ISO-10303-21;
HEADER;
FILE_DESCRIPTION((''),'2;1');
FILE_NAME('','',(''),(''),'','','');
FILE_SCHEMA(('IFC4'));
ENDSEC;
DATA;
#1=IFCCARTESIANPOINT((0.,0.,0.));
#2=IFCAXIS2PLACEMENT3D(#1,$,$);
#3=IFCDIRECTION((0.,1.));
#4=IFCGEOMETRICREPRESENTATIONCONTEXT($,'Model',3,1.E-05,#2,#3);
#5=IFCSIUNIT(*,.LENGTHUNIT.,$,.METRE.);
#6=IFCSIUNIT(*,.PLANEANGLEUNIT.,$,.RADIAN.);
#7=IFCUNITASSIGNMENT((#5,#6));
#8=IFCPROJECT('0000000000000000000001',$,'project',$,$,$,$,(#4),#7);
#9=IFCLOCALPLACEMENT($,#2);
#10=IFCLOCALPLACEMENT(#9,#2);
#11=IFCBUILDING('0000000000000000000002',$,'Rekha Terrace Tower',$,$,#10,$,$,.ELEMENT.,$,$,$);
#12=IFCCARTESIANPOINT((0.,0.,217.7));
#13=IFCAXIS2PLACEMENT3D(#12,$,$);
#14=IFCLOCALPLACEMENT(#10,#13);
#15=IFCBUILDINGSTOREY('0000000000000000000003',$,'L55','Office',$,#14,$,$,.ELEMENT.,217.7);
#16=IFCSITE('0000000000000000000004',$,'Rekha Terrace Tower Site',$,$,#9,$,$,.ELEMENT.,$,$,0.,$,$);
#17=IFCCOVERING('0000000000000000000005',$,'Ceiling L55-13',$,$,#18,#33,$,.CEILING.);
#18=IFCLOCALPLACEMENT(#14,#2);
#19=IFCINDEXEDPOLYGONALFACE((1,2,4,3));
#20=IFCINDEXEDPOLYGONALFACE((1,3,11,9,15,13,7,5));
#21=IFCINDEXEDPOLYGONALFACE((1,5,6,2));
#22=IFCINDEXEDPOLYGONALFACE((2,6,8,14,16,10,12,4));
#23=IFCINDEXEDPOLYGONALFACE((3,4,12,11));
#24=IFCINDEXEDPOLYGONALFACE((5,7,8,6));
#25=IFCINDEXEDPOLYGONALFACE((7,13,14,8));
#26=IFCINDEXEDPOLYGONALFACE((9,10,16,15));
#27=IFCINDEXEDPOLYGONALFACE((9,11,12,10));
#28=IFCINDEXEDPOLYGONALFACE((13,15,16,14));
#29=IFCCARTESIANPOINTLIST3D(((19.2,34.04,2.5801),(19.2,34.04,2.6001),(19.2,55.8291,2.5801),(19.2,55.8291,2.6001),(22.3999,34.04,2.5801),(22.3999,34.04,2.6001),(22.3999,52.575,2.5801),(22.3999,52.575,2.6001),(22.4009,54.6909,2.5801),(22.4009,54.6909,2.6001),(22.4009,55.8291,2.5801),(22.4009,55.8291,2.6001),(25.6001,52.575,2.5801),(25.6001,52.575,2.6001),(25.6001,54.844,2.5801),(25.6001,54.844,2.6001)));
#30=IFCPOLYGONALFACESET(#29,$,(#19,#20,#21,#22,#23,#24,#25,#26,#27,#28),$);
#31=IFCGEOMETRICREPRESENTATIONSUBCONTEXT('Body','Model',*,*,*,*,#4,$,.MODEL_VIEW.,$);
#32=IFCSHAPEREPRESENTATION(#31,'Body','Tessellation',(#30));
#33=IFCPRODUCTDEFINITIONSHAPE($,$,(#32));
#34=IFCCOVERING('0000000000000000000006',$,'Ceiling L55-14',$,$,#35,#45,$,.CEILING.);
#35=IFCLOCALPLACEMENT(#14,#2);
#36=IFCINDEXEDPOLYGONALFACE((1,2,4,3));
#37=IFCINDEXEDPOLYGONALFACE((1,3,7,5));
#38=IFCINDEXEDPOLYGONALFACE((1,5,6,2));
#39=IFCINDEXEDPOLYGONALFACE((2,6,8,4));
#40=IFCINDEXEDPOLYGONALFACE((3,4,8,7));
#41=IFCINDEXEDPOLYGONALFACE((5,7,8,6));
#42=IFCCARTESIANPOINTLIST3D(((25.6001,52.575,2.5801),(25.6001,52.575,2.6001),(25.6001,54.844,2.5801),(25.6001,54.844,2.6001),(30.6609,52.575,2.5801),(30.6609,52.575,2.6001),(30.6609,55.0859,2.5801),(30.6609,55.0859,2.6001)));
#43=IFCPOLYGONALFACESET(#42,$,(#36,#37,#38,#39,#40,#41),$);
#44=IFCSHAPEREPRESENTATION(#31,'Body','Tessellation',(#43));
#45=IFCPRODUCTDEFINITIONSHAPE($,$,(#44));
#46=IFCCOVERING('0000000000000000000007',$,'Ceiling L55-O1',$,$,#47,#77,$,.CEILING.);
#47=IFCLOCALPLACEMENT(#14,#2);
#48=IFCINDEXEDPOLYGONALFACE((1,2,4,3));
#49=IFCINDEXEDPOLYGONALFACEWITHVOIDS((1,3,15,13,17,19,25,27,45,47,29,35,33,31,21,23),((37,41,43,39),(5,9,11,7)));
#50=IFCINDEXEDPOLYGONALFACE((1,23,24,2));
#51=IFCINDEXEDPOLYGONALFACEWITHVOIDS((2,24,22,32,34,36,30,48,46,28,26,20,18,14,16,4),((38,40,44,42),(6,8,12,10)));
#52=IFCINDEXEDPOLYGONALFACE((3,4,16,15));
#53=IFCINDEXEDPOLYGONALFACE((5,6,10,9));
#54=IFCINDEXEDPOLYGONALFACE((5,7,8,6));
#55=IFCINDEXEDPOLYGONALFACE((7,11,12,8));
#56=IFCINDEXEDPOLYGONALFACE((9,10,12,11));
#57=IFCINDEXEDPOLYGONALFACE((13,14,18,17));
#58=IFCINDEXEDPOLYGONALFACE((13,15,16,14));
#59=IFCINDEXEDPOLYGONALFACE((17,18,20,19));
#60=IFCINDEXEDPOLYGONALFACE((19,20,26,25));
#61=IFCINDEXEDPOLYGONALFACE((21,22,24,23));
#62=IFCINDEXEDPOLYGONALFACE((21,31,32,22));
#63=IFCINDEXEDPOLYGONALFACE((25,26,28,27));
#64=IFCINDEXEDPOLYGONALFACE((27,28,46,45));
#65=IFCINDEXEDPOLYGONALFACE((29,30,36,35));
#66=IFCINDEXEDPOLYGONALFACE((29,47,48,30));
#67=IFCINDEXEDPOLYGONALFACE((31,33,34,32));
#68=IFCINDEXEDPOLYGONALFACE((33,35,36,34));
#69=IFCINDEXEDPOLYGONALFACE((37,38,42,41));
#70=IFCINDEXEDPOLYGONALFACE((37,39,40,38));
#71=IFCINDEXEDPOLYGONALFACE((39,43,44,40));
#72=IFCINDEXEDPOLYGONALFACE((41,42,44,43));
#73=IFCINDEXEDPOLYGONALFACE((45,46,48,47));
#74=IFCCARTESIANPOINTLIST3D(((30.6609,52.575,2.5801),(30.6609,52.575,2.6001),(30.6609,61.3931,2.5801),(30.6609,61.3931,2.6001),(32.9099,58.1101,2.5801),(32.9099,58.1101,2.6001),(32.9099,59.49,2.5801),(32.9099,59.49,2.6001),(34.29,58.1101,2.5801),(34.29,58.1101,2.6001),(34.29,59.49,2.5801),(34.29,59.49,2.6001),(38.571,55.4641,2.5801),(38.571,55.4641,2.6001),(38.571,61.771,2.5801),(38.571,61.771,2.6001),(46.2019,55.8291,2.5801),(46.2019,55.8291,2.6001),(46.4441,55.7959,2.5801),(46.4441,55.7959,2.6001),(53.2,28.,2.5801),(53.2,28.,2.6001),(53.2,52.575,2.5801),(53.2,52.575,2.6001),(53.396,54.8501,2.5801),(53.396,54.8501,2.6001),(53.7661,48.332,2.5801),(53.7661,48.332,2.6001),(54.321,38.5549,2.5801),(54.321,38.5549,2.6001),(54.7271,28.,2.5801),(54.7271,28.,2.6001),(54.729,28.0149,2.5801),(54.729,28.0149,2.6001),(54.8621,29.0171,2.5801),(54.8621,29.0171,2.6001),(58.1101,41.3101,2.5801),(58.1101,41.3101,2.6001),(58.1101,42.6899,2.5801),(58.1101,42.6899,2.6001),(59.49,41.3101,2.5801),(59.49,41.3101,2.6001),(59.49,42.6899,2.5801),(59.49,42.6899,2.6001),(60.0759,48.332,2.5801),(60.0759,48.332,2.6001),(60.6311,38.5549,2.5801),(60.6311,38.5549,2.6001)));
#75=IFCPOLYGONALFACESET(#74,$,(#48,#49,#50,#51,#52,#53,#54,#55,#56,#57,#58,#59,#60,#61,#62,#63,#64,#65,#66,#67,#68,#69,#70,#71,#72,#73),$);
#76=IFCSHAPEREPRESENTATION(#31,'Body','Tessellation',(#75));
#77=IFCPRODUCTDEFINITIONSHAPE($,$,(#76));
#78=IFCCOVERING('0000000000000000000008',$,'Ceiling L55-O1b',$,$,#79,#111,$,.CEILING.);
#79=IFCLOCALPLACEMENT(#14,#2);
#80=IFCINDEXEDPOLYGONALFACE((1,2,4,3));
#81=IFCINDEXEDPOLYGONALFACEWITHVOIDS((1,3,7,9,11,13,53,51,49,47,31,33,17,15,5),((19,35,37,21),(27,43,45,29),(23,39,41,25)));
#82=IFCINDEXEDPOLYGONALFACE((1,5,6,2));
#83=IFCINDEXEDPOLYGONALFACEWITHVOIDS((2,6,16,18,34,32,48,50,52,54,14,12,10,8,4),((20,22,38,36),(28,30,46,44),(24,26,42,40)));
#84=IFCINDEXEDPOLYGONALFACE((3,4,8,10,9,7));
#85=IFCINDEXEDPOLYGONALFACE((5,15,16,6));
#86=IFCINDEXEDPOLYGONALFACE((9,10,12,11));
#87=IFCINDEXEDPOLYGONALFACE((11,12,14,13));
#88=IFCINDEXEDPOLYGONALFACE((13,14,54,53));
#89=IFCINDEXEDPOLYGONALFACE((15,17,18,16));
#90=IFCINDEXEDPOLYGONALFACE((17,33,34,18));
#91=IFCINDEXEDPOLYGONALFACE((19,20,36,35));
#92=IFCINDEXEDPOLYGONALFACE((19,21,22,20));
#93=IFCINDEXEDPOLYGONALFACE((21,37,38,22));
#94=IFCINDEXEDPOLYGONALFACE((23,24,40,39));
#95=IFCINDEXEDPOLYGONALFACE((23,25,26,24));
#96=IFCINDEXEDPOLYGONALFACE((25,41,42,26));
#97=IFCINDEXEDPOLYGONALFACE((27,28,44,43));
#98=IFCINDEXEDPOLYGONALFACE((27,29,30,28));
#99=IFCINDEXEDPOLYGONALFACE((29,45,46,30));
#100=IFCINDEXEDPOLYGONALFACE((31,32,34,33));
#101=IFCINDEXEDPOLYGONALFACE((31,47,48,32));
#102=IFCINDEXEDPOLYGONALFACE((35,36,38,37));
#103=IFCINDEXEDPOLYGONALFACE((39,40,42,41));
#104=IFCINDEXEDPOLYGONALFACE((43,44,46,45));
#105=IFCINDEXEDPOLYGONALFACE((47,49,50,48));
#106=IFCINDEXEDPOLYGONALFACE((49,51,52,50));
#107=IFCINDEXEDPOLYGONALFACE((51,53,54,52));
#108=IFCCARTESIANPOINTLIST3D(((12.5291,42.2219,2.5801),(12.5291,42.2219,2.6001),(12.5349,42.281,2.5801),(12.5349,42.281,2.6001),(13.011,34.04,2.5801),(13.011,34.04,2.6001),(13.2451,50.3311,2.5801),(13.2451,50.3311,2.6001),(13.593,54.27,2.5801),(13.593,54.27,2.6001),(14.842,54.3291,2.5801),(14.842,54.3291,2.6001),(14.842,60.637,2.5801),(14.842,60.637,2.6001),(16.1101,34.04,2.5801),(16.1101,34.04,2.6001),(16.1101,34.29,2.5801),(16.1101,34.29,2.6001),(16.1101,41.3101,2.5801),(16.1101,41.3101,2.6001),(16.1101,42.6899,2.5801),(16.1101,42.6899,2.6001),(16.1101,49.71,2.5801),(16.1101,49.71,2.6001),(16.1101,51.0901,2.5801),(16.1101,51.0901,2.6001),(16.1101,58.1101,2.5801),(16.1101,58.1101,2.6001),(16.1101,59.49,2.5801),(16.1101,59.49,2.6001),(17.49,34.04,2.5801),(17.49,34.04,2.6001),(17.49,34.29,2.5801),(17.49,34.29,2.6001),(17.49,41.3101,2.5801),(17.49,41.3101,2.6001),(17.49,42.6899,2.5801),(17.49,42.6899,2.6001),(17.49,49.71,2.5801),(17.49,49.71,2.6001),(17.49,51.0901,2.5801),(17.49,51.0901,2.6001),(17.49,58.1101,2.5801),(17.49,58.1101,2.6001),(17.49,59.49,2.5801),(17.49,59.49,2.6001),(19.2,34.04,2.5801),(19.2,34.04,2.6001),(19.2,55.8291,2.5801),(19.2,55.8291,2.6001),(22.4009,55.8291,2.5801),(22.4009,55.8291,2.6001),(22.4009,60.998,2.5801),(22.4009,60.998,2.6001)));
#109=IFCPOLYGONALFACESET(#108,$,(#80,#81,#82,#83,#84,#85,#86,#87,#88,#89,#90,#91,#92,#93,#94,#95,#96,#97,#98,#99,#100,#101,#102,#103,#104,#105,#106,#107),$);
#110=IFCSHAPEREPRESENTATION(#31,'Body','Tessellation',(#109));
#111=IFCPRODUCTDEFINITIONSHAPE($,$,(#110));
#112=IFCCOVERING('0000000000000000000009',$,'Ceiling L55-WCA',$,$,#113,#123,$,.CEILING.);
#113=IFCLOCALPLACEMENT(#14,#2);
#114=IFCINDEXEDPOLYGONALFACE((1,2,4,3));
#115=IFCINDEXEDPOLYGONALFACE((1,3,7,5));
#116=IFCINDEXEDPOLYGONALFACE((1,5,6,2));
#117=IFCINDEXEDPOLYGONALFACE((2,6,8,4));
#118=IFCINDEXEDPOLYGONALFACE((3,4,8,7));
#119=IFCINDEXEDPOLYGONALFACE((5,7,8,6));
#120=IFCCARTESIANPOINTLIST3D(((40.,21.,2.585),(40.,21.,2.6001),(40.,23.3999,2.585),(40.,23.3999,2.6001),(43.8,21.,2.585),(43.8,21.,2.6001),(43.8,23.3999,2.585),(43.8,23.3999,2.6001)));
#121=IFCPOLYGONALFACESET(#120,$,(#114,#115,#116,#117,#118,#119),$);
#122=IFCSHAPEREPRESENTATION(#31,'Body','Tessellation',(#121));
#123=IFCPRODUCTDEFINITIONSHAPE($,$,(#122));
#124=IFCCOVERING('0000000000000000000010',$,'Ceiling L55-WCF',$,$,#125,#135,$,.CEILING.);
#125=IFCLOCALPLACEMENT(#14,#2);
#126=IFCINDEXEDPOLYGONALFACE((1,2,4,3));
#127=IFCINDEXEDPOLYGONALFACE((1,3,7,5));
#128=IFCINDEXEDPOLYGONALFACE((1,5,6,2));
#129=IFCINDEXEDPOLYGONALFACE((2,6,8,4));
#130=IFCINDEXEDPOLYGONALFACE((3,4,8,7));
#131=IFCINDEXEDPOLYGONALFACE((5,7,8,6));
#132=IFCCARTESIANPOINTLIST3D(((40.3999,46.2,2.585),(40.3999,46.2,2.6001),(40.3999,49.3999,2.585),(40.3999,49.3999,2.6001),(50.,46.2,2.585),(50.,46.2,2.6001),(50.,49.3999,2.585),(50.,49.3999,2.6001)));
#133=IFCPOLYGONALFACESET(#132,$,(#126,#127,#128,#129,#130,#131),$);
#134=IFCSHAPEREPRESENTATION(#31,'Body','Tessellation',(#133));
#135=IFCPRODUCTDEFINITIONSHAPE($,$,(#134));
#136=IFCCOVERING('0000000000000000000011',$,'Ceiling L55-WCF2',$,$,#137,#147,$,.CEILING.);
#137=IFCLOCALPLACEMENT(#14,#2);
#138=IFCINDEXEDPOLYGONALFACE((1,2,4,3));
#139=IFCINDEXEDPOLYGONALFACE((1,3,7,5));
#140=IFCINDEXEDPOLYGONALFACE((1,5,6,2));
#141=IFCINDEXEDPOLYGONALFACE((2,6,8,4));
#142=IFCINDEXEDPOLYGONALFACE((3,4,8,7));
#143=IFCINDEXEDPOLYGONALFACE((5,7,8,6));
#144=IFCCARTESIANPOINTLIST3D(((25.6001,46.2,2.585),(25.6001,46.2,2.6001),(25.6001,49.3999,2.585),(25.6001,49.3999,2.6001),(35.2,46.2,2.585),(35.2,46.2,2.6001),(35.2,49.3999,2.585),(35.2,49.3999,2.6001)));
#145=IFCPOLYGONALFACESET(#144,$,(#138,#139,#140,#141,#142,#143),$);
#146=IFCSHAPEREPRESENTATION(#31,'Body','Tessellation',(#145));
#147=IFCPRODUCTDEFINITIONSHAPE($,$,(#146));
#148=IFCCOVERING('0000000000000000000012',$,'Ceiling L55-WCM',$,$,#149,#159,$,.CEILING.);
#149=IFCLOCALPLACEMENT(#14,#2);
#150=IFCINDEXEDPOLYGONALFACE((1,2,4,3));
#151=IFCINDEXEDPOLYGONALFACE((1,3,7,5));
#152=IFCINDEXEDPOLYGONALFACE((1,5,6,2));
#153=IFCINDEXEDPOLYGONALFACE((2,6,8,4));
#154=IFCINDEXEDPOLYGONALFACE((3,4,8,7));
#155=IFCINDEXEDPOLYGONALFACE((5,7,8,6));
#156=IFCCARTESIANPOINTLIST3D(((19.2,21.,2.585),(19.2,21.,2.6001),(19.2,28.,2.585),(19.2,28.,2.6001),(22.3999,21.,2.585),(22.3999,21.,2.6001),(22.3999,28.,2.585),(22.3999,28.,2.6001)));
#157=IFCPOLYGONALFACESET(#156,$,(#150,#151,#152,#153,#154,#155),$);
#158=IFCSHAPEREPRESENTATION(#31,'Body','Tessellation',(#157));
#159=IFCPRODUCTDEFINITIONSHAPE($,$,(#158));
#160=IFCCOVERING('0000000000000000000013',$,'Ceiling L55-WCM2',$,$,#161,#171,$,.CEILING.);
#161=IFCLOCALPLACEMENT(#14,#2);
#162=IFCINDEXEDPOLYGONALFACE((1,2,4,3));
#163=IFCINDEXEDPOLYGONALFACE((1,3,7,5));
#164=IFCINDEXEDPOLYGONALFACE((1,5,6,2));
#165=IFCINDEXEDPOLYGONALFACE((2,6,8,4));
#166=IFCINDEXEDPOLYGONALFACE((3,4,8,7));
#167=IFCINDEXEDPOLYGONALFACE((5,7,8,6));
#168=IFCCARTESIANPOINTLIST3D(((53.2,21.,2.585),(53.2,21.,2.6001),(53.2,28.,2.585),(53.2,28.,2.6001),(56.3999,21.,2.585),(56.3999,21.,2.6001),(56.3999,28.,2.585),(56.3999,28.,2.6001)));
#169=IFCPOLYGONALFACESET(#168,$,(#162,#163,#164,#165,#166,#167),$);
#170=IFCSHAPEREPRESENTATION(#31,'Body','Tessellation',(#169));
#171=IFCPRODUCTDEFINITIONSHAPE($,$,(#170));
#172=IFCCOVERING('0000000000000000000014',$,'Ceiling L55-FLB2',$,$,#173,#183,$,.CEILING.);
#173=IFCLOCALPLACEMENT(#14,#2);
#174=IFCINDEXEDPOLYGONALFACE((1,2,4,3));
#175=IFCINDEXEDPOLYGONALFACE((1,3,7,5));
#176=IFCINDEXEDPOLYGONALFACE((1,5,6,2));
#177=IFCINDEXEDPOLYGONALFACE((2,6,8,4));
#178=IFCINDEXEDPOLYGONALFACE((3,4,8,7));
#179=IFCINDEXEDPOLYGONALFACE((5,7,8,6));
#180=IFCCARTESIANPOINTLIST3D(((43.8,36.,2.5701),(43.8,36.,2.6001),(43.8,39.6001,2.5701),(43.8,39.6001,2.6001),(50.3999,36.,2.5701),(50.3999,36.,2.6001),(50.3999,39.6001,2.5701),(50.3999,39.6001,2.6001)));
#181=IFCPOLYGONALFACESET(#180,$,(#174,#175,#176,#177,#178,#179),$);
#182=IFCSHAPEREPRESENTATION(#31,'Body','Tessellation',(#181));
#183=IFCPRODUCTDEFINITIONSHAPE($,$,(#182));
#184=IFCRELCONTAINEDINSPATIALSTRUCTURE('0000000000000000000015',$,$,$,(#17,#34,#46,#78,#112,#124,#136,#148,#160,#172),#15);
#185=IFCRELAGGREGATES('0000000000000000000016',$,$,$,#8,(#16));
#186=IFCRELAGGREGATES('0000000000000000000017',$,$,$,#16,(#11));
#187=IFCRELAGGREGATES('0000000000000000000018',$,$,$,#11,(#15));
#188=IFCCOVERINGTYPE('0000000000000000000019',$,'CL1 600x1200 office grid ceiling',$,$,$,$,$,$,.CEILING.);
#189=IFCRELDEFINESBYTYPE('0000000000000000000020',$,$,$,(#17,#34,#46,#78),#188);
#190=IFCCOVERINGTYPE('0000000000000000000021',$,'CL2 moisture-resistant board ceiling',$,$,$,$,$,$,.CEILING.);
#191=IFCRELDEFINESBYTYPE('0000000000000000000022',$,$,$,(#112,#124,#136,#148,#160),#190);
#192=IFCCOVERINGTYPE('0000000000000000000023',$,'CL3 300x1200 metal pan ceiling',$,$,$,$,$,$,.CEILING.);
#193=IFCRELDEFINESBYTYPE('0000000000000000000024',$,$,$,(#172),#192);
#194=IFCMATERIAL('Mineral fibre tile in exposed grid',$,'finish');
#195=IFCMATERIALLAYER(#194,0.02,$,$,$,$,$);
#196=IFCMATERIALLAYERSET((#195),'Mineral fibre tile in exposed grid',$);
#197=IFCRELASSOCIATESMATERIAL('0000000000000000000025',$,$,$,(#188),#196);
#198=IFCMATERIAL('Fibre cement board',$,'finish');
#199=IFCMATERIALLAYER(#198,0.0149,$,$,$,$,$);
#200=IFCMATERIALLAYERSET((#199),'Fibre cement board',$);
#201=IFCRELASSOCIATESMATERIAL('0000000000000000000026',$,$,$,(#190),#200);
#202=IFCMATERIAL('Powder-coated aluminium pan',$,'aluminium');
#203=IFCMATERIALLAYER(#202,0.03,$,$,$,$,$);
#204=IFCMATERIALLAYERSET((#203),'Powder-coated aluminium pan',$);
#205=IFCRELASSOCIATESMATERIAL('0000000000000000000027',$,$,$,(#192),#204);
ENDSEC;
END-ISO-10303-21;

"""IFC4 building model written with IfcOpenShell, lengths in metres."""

from ifc_helpers import new_model, si_unit, direction, frame, origin, place, context, subcontext, project, spatial, polyline, outline, extrude, material, layer, layer_set, type_object, element, save


model = new_model("IFC4")

# Units and contexts
model_context = context("Model", 3, precision=1e-05, world=origin(), true_north=direction((0.0, 1.0)))
body_context = subcontext(model_context, "Body", "Model", "MODEL_VIEW")
ifc_project = project(units=[si_unit("LENGTHUNIT", "METRE"), si_unit("PLANEANGLEUNIT", "RADIAN")], contexts=[model_context])

# Site, building, storey
site_placement = place(None, origin())
site = spatial("IfcSite", under=ifc_project, at=site_placement, Name="Rekha Terrace Tower Site", CompositionType="ELEMENT", RefElevation=0.0)
building_placement = place(site_placement, origin())
building = spatial("IfcBuilding", under=site, at=building_placement, Name="Rekha Terrace Tower", CompositionType="ELEMENT")
storey_placement = place(building_placement, frame((0.0, 0.0, 217.7)))
storey = spatial("IfcBuildingStorey", under=building, at=storey_placement, Name="L55", Description="Office", CompositionType="ELEMENT", Elevation=217.7)

# Coverings
ifc_material_1 = material(Name="Mineral fibre tile in exposed grid", Category="finish")
ifc_layer_1 = layer(ifc_material_1, 0.02)
ifc_layer_set_1 = layer_set([ifc_layer_1], Name="Mineral fibre tile in exposed grid")
covering_type_1 = type_object("IfcCoveringType", Name="CL1 600x1200 office grid ceiling", PredefinedType="CEILING", material=ifc_layer_set_1)
covering_1_placement = place(storey_placement, frame((0.0, 0.0, 2.5801)))
element("IfcCovering", 1, at=covering_1_placement, inside=storey, type_object=covering_type_1, Name="Ceiling L55-13", PredefinedType="CEILING", context=body_context, shape_type="SweptSolid", body=[
    extrude(outline(polyline([(22.3999, 52.575), (25.6001, 52.575), (25.6001, 54.844), (22.4009, 54.6909), (22.4009, 55.8291), (19.2, 55.8291), (19.2, 34.04), (22.3999, 34.04), (22.3999, 52.575)])), origin(), (0.0, 0.0, 1.0), 0.02),
])
covering_2_placement = place(storey_placement, frame((0.0, 0.0, 2.5801)))
element("IfcCovering", 2, at=covering_2_placement, inside=storey, type_object=covering_type_1, Name="Ceiling L55-14", PredefinedType="CEILING", context=body_context, shape_type="SweptSolid", body=[
    extrude(outline(polyline([(25.6001, 54.844), (25.6001, 52.575), (30.6609, 52.575), (30.6609, 55.0859), (25.6001, 54.844)])), origin(), (0.0, 0.0, 1.0), 0.02),
])
covering_3_placement = place(storey_placement, frame((0.0, 0.0, 2.5801)))
element("IfcCovering", 3, at=covering_3_placement, inside=storey, type_object=covering_type_1, Name="Ceiling L55-O1", PredefinedType="CEILING", context=body_context, shape_type="SweptSolid", body=[
    extrude(outline(polyline([(46.2019, 55.8291), (38.571, 55.4641), (38.571, 61.771), (30.6609, 61.3931), (30.6609, 52.575), (53.2, 52.575), (53.2, 28.0), (54.7271, 28.0), (54.729, 28.0149), (54.8621, 29.0171), (54.321, 38.5549), (60.6311, 38.5549), (60.0759, 48.332), (53.7661, 48.332), (53.396, 54.8501), (46.4441, 55.7959), (46.2019, 55.8291)]), holes=[polyline([(59.49, 41.3101), (58.1101, 41.3101), (58.1101, 42.6899), (59.49, 42.6899), (59.49, 41.3101)]), polyline([(34.29, 58.1101), (32.9099, 58.1101), (32.9099, 59.49), (34.29, 59.49), (34.29, 58.1101)])]), origin(), (0.0, 0.0, 1.0), 0.02),
])
covering_4_placement = place(storey_placement, frame((0.0, 0.0, 2.5801)))
element("IfcCovering", 4, at=covering_4_placement, inside=storey, type_object=covering_type_1, Name="Ceiling L55-O1b", PredefinedType="CEILING", context=body_context, shape_type="SweptSolid", body=[
    extrude(outline(polyline([(13.2451, 50.3311), (12.5349, 42.281), (12.5291, 42.2219), (13.011, 34.04), (16.1101, 34.04), (16.1101, 34.29), (17.49, 34.29), (17.49, 34.04), (19.2, 34.04), (19.2, 55.8291), (22.4009, 55.8291), (22.4009, 60.998), (14.842, 60.637), (14.842, 54.3291), (13.593, 54.27), (13.2451, 50.3311)]), holes=[polyline([(17.49, 42.6899), (17.49, 41.3101), (16.1101, 41.3101), (16.1101, 42.6899), (17.49, 42.6899)]), polyline([(17.49, 51.0901), (17.49, 49.71), (16.1101, 49.71), (16.1101, 51.0901), (17.49, 51.0901)]), polyline([(17.49, 59.49), (17.49, 58.1101), (16.1101, 58.1101), (16.1101, 59.49), (17.49, 59.49)])]), origin(), (0.0, 0.0, 1.0), 0.02),
])
ifc_material_2 = material(Name="Fibre cement board", Category="finish")
ifc_layer_2 = layer(ifc_material_2, 0.0149)
ifc_layer_set_2 = layer_set([ifc_layer_2], Name="Fibre cement board")
covering_type_2 = type_object("IfcCoveringType", Name="CL2 moisture-resistant board ceiling", PredefinedType="CEILING", material=ifc_layer_set_2)
covering_5_placement = place(storey_placement, frame((0.0, 0.0, 2.585)))
element("IfcCovering", 5, at=covering_5_placement, inside=storey, type_object=covering_type_2, Name="Ceiling L55-WCA", PredefinedType="CEILING", context=body_context, shape_type="SweptSolid", body=[
    extrude(outline(polyline([(43.8, 23.3999), (40.0, 23.3999), (40.0, 21.0), (43.8, 21.0), (43.8, 23.3999)])), origin(), (0.0, 0.0, 1.0), 0.0151),
])
covering_6_placement = place(storey_placement, frame((0.0, 0.0, 2.585)))
element("IfcCovering", 6, at=covering_6_placement, inside=storey, type_object=covering_type_2, Name="Ceiling L55-WCF", PredefinedType="CEILING", context=body_context, shape_type="SweptSolid", body=[
    extrude(outline(polyline([(50.0, 49.3999), (40.3999, 49.3999), (40.3999, 46.2), (50.0, 46.2), (50.0, 49.3999)])), origin(), (0.0, 0.0, 1.0), 0.0151),
])
covering_7_placement = place(storey_placement, frame((0.0, 0.0, 2.585)))
element("IfcCovering", 7, at=covering_7_placement, inside=storey, type_object=covering_type_2, Name="Ceiling L55-WCF2", PredefinedType="CEILING", context=body_context, shape_type="SweptSolid", body=[
    extrude(outline(polyline([(35.2, 49.3999), (25.6001, 49.3999), (25.6001, 46.2), (35.2, 46.2), (35.2, 49.3999)])), origin(), (0.0, 0.0, 1.0), 0.0151),
])
covering_8_placement = place(storey_placement, frame((0.0, 0.0, 2.585)))
element("IfcCovering", 8, at=covering_8_placement, inside=storey, type_object=covering_type_2, Name="Ceiling L55-WCM", PredefinedType="CEILING", context=body_context, shape_type="SweptSolid", body=[
    extrude(outline(polyline([(22.3999, 28.0), (19.2, 28.0), (19.2, 21.0), (22.3999, 21.0), (22.3999, 28.0)])), origin(), (0.0, 0.0, 1.0), 0.0151),
])
covering_9_placement = place(storey_placement, frame((0.0, 0.0, 2.585)))
element("IfcCovering", 9, at=covering_9_placement, inside=storey, type_object=covering_type_2, Name="Ceiling L55-WCM2", PredefinedType="CEILING", context=body_context, shape_type="SweptSolid", body=[
    extrude(outline(polyline([(56.3999, 28.0), (53.2, 28.0), (53.2, 21.0), (56.3999, 21.0), (56.3999, 28.0)])), origin(), (0.0, 0.0, 1.0), 0.0151),
])
ifc_material_3 = material(Name="Powder-coated aluminium pan", Category="aluminium")
ifc_layer_3 = layer(ifc_material_3, 0.03)
ifc_layer_set_3 = layer_set([ifc_layer_3], Name="Powder-coated aluminium pan")
covering_type_3 = type_object("IfcCoveringType", Name="CL3 300x1200 metal pan ceiling", PredefinedType="CEILING", material=ifc_layer_set_3)
covering_10_placement = place(storey_placement, frame((0.0, 0.0, 2.5701)))
element("IfcCovering", 10, at=covering_10_placement, inside=storey, type_object=covering_type_3, Name="Ceiling L55-FLB2", PredefinedType="CEILING", context=body_context, shape_type="SweptSolid", body=[
    extrude(outline(polyline([(50.3999, 39.6001), (43.8, 39.6001), (43.8, 36.0), (50.3999, 36.0), (50.3999, 39.6001)])), origin(), (0.0, 0.0, 1.0), 0.03),
])

save(model, "model.ifc")
